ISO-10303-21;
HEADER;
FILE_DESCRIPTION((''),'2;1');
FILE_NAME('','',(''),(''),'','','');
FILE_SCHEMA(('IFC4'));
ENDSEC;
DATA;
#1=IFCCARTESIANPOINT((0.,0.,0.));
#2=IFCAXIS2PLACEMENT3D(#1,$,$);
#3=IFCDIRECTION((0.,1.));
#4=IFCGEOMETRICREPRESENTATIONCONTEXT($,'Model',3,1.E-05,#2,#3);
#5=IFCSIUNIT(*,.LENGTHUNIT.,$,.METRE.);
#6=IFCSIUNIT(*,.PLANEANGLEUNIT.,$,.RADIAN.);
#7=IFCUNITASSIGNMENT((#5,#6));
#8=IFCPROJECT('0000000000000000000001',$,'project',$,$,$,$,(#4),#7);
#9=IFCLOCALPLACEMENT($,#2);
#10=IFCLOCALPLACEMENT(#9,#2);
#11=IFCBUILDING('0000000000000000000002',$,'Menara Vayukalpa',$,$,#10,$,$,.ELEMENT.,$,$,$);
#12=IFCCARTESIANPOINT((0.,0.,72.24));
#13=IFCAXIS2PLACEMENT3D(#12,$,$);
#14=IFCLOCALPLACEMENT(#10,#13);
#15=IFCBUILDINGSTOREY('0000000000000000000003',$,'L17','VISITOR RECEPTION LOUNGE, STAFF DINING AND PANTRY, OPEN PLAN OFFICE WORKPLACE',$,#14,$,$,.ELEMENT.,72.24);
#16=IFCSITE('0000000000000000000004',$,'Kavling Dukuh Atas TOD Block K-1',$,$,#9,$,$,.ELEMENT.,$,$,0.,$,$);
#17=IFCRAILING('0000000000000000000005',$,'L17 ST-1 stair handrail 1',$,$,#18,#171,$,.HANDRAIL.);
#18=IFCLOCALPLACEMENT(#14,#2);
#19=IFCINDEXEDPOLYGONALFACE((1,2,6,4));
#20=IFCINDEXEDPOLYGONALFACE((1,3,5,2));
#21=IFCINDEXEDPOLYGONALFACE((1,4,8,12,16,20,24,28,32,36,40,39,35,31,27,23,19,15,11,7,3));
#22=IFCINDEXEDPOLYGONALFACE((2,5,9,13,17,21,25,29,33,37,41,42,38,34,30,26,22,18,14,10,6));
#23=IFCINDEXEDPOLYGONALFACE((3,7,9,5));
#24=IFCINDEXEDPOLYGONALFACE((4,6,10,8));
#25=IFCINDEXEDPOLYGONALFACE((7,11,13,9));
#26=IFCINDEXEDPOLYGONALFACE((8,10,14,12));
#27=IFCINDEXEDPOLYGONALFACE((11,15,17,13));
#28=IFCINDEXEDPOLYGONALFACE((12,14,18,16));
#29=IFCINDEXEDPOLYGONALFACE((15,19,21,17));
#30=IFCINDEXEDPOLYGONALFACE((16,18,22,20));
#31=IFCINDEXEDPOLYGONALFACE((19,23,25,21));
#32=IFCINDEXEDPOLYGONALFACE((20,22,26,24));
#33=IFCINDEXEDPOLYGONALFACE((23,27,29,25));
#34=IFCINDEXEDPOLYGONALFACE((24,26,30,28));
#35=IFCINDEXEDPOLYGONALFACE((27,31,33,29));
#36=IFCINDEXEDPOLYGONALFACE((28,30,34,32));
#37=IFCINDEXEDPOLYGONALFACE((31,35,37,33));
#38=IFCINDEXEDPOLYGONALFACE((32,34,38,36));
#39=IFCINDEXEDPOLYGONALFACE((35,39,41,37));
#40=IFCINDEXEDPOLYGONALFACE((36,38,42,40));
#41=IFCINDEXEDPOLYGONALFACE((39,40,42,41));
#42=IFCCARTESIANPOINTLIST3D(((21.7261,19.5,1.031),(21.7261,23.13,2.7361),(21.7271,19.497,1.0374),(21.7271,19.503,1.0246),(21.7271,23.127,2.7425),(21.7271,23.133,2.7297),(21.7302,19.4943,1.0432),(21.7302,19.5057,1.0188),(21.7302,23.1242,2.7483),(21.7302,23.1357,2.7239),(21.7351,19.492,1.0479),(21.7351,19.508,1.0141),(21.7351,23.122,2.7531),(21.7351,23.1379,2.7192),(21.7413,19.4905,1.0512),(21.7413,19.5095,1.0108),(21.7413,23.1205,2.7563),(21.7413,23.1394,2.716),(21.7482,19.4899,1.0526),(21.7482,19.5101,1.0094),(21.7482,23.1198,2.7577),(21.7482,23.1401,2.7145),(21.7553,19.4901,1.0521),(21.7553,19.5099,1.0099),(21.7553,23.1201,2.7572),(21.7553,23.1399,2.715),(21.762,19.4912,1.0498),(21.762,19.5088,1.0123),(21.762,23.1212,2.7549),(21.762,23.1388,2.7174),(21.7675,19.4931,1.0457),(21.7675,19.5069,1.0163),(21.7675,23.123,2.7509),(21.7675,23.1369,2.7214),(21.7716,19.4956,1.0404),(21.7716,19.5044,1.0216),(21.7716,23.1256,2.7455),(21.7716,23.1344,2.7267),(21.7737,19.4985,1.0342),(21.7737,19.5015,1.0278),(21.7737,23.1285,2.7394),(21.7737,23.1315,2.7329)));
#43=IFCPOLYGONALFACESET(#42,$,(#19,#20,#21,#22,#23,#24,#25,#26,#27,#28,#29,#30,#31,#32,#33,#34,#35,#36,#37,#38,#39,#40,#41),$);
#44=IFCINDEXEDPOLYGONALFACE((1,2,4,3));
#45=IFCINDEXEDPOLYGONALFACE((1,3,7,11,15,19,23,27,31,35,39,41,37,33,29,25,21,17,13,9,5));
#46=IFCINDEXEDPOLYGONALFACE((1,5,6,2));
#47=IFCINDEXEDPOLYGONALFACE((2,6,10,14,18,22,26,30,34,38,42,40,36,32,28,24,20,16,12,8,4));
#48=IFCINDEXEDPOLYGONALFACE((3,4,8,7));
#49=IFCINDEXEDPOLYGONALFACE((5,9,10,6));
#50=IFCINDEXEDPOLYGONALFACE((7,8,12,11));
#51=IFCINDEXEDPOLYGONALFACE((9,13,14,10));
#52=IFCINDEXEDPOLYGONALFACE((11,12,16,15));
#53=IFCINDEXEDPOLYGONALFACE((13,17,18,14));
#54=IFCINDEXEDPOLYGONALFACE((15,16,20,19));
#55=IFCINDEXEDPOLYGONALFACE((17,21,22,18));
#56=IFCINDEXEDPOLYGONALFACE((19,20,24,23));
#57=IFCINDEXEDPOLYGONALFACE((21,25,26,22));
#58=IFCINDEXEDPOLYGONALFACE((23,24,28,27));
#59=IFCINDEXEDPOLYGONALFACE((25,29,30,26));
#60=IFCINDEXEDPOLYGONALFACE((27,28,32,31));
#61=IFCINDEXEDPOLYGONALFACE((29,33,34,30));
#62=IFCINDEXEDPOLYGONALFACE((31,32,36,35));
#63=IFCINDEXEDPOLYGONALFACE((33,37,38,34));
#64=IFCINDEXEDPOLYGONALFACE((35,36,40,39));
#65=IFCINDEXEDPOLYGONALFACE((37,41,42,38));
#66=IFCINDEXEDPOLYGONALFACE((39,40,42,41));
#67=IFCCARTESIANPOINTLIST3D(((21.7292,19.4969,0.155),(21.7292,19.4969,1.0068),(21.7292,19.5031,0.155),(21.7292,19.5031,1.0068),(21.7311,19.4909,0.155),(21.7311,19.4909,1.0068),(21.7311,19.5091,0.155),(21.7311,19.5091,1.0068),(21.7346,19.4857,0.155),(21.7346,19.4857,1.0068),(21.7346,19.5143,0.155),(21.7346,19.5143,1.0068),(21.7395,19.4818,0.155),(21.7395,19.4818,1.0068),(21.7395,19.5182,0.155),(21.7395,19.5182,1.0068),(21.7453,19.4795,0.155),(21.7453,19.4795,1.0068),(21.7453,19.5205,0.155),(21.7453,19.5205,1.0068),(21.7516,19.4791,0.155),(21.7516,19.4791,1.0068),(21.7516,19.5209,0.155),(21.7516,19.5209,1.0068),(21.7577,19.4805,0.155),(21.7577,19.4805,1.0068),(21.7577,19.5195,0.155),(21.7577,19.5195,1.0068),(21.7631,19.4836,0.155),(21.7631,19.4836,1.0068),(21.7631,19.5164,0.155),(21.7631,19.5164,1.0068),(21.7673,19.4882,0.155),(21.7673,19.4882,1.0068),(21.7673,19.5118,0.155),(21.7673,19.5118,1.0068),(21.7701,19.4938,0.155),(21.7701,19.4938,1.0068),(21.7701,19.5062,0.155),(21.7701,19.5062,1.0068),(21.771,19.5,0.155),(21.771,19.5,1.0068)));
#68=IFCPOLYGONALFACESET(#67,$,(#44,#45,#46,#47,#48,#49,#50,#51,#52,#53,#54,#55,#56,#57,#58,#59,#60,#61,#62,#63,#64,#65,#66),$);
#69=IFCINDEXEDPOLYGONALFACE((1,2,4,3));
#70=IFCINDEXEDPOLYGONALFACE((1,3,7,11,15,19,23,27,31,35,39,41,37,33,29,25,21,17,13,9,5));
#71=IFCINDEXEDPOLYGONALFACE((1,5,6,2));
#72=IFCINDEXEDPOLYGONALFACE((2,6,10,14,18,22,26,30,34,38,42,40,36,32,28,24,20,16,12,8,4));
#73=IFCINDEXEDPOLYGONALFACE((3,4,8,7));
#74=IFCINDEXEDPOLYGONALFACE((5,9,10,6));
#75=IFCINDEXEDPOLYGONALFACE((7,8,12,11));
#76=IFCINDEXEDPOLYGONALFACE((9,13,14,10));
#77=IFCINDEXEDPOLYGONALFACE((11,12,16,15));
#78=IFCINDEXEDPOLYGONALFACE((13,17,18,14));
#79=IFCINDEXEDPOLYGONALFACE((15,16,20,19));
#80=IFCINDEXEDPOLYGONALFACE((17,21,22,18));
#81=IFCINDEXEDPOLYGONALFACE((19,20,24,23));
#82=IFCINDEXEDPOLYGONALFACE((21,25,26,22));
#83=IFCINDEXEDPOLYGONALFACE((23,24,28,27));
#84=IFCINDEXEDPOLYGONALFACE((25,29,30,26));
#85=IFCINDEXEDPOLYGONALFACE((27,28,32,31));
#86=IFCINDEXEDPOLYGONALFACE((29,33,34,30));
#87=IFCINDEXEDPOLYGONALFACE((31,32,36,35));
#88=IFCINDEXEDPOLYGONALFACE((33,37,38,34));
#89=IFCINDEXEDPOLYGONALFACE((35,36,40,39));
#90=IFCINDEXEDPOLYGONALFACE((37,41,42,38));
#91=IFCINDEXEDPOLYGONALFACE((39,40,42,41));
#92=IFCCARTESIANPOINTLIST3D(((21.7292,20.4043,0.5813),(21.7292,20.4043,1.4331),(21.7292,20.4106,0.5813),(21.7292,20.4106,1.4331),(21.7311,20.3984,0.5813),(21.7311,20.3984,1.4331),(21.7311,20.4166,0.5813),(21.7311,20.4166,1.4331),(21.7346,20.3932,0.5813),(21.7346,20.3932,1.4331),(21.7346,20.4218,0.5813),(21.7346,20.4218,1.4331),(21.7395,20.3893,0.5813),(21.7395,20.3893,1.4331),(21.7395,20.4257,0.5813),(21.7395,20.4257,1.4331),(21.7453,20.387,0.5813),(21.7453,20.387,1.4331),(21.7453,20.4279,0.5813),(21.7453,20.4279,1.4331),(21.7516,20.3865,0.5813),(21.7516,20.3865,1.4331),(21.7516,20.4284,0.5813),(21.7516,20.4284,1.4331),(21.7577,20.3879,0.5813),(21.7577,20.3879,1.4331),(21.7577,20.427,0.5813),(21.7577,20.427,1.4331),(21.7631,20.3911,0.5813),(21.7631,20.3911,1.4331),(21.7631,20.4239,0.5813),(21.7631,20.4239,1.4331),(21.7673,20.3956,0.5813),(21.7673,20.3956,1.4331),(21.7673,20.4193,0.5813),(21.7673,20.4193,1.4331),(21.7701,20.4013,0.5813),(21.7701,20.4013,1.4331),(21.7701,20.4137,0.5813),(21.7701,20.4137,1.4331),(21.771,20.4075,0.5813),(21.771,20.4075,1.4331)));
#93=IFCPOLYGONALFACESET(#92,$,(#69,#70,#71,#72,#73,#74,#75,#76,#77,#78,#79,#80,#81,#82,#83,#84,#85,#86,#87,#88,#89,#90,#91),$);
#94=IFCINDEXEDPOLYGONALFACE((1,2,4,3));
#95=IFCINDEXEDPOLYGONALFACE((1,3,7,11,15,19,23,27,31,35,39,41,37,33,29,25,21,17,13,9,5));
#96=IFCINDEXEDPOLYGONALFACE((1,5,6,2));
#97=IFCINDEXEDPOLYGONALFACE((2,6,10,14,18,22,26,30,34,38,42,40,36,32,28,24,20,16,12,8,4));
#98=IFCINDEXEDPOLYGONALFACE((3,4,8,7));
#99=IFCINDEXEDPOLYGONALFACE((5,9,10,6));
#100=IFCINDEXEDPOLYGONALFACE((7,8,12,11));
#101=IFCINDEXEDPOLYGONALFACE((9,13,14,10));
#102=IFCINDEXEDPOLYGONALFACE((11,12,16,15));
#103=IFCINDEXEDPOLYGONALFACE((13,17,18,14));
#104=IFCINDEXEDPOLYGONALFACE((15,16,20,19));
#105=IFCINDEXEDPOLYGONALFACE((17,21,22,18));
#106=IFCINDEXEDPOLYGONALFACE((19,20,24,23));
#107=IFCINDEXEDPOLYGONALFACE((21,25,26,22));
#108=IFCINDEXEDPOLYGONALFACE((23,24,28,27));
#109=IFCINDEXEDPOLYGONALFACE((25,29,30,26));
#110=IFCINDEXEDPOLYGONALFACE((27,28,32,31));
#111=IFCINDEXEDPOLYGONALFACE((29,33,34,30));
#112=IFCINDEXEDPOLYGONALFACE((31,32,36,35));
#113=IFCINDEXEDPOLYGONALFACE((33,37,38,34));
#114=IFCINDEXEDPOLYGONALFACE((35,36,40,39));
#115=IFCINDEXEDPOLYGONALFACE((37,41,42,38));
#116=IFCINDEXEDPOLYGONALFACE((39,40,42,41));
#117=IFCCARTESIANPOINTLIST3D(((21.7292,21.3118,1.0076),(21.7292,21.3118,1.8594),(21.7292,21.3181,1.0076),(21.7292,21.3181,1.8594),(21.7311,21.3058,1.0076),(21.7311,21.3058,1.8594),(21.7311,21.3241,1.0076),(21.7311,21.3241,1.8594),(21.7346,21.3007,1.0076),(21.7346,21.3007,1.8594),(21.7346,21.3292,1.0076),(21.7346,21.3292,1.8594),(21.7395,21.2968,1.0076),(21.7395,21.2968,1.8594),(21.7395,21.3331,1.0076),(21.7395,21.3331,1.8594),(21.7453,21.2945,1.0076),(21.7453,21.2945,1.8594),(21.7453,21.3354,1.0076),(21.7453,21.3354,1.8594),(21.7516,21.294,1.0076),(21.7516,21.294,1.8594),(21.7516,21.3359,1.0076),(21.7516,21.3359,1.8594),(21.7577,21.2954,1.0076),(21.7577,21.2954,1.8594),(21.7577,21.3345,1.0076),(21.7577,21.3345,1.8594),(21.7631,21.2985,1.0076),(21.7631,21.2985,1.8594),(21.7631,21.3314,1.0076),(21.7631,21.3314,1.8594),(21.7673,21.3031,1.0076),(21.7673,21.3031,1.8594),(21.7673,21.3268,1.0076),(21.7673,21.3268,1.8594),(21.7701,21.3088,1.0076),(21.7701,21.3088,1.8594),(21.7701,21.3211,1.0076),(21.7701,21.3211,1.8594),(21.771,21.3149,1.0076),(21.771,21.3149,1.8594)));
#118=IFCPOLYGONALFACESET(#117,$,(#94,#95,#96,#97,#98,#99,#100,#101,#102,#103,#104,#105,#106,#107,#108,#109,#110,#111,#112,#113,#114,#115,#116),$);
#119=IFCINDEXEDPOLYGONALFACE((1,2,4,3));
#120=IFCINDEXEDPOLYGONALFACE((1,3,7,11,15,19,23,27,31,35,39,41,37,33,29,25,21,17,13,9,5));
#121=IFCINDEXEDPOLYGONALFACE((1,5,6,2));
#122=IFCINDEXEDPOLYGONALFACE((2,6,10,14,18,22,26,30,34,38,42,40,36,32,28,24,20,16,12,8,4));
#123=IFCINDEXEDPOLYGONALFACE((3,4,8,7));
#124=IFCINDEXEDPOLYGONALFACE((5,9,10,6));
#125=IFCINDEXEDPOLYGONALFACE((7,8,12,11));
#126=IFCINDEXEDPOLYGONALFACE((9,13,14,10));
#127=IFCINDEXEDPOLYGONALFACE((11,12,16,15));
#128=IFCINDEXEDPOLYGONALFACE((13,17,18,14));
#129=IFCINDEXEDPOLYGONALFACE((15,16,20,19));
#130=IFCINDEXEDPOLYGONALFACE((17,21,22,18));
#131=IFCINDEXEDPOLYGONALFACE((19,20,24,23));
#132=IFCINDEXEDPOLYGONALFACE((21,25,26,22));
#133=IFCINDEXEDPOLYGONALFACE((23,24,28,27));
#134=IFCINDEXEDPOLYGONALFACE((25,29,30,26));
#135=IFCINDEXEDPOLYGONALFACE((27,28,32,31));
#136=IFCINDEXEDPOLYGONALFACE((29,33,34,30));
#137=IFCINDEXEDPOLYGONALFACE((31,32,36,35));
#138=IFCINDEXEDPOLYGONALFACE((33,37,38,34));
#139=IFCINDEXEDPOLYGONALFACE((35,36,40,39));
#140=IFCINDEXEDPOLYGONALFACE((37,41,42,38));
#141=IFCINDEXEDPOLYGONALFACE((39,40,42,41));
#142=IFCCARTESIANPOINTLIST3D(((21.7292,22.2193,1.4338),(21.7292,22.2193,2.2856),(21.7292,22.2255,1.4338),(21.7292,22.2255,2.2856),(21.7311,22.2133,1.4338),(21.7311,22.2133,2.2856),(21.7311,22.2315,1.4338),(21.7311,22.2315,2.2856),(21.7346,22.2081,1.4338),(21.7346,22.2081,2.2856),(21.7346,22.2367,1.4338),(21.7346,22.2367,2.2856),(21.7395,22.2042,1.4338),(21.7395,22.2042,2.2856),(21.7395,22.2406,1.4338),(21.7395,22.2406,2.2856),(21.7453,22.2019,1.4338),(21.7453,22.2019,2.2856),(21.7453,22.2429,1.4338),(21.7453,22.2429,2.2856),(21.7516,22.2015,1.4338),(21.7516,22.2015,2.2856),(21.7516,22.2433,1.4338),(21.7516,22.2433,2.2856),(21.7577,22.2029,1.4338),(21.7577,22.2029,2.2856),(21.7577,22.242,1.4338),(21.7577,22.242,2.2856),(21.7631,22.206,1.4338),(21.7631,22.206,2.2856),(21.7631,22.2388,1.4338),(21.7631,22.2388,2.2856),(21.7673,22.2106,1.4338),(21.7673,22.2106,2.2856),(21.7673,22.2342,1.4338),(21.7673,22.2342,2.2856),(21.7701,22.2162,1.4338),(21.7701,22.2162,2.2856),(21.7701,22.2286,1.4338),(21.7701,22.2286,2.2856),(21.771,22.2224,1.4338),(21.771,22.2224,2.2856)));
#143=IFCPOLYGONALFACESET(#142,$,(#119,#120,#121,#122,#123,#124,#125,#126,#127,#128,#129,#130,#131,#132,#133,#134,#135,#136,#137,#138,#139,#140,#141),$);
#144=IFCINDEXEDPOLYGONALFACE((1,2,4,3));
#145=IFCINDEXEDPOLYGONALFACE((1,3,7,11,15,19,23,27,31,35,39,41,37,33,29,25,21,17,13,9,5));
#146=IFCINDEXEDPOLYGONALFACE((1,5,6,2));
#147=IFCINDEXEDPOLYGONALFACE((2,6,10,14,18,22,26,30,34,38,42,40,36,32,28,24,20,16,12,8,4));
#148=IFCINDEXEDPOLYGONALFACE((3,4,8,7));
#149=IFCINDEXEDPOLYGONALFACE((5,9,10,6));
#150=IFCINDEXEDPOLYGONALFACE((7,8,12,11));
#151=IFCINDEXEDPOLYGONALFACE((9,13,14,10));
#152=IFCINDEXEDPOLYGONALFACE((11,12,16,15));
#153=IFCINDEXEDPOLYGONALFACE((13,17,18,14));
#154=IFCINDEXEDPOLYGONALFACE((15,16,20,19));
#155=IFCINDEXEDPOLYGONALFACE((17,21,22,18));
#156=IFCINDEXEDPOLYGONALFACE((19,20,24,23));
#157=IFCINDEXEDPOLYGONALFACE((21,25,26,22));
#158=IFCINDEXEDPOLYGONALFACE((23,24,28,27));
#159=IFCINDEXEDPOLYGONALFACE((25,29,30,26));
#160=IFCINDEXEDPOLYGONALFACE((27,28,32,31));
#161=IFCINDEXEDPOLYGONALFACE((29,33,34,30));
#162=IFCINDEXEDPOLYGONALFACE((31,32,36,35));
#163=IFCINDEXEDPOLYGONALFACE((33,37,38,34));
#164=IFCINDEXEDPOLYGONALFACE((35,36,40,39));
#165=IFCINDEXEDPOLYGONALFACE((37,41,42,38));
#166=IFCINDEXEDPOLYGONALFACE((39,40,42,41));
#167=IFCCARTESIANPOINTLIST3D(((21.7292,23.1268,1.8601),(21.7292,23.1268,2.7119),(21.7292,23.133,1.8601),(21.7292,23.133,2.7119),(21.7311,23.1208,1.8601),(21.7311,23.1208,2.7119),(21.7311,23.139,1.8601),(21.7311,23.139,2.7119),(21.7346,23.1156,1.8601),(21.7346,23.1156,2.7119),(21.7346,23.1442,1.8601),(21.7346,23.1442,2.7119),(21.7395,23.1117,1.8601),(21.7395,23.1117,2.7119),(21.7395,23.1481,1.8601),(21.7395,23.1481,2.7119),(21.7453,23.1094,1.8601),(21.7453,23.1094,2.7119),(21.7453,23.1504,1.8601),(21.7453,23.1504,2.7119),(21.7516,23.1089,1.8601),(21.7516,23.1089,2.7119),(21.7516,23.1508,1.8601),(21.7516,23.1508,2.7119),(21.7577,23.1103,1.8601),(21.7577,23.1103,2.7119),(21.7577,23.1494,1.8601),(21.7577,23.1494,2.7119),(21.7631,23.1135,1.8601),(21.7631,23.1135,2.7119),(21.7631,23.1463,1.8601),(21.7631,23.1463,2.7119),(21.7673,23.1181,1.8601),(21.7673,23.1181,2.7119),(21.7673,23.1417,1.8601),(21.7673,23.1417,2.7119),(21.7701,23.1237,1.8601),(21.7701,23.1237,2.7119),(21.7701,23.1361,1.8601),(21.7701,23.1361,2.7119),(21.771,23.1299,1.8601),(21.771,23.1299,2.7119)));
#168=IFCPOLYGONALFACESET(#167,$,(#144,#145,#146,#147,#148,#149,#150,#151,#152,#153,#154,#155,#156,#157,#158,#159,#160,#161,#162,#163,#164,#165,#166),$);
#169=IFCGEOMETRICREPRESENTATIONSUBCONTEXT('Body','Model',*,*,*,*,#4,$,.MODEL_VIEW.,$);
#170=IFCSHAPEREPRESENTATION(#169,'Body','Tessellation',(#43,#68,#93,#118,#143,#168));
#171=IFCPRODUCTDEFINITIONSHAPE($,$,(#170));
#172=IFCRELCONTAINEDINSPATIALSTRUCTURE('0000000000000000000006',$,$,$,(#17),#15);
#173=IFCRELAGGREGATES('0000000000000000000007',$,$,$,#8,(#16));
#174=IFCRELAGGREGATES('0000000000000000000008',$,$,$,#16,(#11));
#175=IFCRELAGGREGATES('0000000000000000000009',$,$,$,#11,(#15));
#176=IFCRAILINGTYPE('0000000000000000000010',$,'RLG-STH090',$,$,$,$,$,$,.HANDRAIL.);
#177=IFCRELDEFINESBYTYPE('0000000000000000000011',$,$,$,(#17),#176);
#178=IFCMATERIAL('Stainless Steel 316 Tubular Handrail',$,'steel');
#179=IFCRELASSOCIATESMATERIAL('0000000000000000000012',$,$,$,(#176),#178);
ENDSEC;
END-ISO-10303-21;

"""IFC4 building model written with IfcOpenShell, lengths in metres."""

from ifc_helpers import new_model, si_unit, direction, frame, origin, origin_2d, place, context, subcontext, project, spatial, circle, extrude, material, type_object, element, save


model = new_model("IFC4")

# Units and contexts
model_context = context("Model", 3, precision=1e-05, world=origin(), true_north=direction((0.0, 1.0)))
body_context = subcontext(model_context, "Body", "Model", "MODEL_VIEW")
ifc_project = project(units=[si_unit("LENGTHUNIT", "METRE"), si_unit("PLANEANGLEUNIT", "RADIAN")], contexts=[model_context])

# Site, building, storey
site_placement = place(None, origin())
site = spatial("IfcSite", under=ifc_project, at=site_placement, Name="Kavling Dukuh Atas TOD Block K-1", CompositionType="ELEMENT", RefElevation=0.0)
building_placement = place(site_placement, origin())
building = spatial("IfcBuilding", under=site, at=building_placement, Name="Menara Vayukalpa", CompositionType="ELEMENT")
storey_placement = place(building_placement, frame((0.0, 0.0, 72.24)))
storey = spatial("IfcBuildingStorey", under=building, at=storey_placement, Name="L17", Description="VISITOR RECEPTION LOUNGE, STAFF DINING AND PANTRY, OPEN PLAN OFFICE WORKPLACE", CompositionType="ELEMENT", Elevation=72.24)

# Railing
ifc_material_1 = material(Name="Stainless Steel 316 Tubular Handrail", Category="steel")
railing_type_1 = type_object("IfcRailingType", Name="RLG-STH090", PredefinedType="HANDRAIL", material=ifc_material_1)
railing_1_placement = place(storey_placement, frame((21.75, 19.5, 0.155)))
element("IfcRailing", 1, at=railing_1_placement, inside=storey, type_object=railing_type_1, Name="L17 ST-1 stair handrail 1", PredefinedType="HANDRAIL", context=body_context, shape_type="SweptSolid", body=[
    extrude(circle(Radius=0.0239, at=origin_2d()), frame((0.0, 0.0, 0.876), z_axis=(0.0, 0.905116, 0.425164), x_axis=(-1.0, 0.0, 0.0)), (0.0, 0.0, 1.0), 4.0105),
    extrude(circle(Radius=0.021, at=origin_2d()), origin(), (0.0, 0.0, 1.0), 0.8518),
    extrude(circle(Radius=0.021, at=origin_2d()), frame((0.0, 0.9075, 0.4263)), (0.0, 0.0, 1.0), 0.8518),
    extrude(circle(Radius=0.021, at=origin_2d()), frame((0.0, 1.8149, 0.8525)), (0.0, 0.0, 1.0), 0.8518),
    extrude(circle(Radius=0.021, at=origin_2d()), frame((0.0, 2.7224, 1.2788)), (0.0, 0.0, 1.0), 0.8518),
    extrude(circle(Radius=0.021, at=origin_2d()), frame((0.0, 3.6299, 1.7051)), (0.0, 0.0, 1.0), 0.8518),
])

save(model, "model.ifc")
